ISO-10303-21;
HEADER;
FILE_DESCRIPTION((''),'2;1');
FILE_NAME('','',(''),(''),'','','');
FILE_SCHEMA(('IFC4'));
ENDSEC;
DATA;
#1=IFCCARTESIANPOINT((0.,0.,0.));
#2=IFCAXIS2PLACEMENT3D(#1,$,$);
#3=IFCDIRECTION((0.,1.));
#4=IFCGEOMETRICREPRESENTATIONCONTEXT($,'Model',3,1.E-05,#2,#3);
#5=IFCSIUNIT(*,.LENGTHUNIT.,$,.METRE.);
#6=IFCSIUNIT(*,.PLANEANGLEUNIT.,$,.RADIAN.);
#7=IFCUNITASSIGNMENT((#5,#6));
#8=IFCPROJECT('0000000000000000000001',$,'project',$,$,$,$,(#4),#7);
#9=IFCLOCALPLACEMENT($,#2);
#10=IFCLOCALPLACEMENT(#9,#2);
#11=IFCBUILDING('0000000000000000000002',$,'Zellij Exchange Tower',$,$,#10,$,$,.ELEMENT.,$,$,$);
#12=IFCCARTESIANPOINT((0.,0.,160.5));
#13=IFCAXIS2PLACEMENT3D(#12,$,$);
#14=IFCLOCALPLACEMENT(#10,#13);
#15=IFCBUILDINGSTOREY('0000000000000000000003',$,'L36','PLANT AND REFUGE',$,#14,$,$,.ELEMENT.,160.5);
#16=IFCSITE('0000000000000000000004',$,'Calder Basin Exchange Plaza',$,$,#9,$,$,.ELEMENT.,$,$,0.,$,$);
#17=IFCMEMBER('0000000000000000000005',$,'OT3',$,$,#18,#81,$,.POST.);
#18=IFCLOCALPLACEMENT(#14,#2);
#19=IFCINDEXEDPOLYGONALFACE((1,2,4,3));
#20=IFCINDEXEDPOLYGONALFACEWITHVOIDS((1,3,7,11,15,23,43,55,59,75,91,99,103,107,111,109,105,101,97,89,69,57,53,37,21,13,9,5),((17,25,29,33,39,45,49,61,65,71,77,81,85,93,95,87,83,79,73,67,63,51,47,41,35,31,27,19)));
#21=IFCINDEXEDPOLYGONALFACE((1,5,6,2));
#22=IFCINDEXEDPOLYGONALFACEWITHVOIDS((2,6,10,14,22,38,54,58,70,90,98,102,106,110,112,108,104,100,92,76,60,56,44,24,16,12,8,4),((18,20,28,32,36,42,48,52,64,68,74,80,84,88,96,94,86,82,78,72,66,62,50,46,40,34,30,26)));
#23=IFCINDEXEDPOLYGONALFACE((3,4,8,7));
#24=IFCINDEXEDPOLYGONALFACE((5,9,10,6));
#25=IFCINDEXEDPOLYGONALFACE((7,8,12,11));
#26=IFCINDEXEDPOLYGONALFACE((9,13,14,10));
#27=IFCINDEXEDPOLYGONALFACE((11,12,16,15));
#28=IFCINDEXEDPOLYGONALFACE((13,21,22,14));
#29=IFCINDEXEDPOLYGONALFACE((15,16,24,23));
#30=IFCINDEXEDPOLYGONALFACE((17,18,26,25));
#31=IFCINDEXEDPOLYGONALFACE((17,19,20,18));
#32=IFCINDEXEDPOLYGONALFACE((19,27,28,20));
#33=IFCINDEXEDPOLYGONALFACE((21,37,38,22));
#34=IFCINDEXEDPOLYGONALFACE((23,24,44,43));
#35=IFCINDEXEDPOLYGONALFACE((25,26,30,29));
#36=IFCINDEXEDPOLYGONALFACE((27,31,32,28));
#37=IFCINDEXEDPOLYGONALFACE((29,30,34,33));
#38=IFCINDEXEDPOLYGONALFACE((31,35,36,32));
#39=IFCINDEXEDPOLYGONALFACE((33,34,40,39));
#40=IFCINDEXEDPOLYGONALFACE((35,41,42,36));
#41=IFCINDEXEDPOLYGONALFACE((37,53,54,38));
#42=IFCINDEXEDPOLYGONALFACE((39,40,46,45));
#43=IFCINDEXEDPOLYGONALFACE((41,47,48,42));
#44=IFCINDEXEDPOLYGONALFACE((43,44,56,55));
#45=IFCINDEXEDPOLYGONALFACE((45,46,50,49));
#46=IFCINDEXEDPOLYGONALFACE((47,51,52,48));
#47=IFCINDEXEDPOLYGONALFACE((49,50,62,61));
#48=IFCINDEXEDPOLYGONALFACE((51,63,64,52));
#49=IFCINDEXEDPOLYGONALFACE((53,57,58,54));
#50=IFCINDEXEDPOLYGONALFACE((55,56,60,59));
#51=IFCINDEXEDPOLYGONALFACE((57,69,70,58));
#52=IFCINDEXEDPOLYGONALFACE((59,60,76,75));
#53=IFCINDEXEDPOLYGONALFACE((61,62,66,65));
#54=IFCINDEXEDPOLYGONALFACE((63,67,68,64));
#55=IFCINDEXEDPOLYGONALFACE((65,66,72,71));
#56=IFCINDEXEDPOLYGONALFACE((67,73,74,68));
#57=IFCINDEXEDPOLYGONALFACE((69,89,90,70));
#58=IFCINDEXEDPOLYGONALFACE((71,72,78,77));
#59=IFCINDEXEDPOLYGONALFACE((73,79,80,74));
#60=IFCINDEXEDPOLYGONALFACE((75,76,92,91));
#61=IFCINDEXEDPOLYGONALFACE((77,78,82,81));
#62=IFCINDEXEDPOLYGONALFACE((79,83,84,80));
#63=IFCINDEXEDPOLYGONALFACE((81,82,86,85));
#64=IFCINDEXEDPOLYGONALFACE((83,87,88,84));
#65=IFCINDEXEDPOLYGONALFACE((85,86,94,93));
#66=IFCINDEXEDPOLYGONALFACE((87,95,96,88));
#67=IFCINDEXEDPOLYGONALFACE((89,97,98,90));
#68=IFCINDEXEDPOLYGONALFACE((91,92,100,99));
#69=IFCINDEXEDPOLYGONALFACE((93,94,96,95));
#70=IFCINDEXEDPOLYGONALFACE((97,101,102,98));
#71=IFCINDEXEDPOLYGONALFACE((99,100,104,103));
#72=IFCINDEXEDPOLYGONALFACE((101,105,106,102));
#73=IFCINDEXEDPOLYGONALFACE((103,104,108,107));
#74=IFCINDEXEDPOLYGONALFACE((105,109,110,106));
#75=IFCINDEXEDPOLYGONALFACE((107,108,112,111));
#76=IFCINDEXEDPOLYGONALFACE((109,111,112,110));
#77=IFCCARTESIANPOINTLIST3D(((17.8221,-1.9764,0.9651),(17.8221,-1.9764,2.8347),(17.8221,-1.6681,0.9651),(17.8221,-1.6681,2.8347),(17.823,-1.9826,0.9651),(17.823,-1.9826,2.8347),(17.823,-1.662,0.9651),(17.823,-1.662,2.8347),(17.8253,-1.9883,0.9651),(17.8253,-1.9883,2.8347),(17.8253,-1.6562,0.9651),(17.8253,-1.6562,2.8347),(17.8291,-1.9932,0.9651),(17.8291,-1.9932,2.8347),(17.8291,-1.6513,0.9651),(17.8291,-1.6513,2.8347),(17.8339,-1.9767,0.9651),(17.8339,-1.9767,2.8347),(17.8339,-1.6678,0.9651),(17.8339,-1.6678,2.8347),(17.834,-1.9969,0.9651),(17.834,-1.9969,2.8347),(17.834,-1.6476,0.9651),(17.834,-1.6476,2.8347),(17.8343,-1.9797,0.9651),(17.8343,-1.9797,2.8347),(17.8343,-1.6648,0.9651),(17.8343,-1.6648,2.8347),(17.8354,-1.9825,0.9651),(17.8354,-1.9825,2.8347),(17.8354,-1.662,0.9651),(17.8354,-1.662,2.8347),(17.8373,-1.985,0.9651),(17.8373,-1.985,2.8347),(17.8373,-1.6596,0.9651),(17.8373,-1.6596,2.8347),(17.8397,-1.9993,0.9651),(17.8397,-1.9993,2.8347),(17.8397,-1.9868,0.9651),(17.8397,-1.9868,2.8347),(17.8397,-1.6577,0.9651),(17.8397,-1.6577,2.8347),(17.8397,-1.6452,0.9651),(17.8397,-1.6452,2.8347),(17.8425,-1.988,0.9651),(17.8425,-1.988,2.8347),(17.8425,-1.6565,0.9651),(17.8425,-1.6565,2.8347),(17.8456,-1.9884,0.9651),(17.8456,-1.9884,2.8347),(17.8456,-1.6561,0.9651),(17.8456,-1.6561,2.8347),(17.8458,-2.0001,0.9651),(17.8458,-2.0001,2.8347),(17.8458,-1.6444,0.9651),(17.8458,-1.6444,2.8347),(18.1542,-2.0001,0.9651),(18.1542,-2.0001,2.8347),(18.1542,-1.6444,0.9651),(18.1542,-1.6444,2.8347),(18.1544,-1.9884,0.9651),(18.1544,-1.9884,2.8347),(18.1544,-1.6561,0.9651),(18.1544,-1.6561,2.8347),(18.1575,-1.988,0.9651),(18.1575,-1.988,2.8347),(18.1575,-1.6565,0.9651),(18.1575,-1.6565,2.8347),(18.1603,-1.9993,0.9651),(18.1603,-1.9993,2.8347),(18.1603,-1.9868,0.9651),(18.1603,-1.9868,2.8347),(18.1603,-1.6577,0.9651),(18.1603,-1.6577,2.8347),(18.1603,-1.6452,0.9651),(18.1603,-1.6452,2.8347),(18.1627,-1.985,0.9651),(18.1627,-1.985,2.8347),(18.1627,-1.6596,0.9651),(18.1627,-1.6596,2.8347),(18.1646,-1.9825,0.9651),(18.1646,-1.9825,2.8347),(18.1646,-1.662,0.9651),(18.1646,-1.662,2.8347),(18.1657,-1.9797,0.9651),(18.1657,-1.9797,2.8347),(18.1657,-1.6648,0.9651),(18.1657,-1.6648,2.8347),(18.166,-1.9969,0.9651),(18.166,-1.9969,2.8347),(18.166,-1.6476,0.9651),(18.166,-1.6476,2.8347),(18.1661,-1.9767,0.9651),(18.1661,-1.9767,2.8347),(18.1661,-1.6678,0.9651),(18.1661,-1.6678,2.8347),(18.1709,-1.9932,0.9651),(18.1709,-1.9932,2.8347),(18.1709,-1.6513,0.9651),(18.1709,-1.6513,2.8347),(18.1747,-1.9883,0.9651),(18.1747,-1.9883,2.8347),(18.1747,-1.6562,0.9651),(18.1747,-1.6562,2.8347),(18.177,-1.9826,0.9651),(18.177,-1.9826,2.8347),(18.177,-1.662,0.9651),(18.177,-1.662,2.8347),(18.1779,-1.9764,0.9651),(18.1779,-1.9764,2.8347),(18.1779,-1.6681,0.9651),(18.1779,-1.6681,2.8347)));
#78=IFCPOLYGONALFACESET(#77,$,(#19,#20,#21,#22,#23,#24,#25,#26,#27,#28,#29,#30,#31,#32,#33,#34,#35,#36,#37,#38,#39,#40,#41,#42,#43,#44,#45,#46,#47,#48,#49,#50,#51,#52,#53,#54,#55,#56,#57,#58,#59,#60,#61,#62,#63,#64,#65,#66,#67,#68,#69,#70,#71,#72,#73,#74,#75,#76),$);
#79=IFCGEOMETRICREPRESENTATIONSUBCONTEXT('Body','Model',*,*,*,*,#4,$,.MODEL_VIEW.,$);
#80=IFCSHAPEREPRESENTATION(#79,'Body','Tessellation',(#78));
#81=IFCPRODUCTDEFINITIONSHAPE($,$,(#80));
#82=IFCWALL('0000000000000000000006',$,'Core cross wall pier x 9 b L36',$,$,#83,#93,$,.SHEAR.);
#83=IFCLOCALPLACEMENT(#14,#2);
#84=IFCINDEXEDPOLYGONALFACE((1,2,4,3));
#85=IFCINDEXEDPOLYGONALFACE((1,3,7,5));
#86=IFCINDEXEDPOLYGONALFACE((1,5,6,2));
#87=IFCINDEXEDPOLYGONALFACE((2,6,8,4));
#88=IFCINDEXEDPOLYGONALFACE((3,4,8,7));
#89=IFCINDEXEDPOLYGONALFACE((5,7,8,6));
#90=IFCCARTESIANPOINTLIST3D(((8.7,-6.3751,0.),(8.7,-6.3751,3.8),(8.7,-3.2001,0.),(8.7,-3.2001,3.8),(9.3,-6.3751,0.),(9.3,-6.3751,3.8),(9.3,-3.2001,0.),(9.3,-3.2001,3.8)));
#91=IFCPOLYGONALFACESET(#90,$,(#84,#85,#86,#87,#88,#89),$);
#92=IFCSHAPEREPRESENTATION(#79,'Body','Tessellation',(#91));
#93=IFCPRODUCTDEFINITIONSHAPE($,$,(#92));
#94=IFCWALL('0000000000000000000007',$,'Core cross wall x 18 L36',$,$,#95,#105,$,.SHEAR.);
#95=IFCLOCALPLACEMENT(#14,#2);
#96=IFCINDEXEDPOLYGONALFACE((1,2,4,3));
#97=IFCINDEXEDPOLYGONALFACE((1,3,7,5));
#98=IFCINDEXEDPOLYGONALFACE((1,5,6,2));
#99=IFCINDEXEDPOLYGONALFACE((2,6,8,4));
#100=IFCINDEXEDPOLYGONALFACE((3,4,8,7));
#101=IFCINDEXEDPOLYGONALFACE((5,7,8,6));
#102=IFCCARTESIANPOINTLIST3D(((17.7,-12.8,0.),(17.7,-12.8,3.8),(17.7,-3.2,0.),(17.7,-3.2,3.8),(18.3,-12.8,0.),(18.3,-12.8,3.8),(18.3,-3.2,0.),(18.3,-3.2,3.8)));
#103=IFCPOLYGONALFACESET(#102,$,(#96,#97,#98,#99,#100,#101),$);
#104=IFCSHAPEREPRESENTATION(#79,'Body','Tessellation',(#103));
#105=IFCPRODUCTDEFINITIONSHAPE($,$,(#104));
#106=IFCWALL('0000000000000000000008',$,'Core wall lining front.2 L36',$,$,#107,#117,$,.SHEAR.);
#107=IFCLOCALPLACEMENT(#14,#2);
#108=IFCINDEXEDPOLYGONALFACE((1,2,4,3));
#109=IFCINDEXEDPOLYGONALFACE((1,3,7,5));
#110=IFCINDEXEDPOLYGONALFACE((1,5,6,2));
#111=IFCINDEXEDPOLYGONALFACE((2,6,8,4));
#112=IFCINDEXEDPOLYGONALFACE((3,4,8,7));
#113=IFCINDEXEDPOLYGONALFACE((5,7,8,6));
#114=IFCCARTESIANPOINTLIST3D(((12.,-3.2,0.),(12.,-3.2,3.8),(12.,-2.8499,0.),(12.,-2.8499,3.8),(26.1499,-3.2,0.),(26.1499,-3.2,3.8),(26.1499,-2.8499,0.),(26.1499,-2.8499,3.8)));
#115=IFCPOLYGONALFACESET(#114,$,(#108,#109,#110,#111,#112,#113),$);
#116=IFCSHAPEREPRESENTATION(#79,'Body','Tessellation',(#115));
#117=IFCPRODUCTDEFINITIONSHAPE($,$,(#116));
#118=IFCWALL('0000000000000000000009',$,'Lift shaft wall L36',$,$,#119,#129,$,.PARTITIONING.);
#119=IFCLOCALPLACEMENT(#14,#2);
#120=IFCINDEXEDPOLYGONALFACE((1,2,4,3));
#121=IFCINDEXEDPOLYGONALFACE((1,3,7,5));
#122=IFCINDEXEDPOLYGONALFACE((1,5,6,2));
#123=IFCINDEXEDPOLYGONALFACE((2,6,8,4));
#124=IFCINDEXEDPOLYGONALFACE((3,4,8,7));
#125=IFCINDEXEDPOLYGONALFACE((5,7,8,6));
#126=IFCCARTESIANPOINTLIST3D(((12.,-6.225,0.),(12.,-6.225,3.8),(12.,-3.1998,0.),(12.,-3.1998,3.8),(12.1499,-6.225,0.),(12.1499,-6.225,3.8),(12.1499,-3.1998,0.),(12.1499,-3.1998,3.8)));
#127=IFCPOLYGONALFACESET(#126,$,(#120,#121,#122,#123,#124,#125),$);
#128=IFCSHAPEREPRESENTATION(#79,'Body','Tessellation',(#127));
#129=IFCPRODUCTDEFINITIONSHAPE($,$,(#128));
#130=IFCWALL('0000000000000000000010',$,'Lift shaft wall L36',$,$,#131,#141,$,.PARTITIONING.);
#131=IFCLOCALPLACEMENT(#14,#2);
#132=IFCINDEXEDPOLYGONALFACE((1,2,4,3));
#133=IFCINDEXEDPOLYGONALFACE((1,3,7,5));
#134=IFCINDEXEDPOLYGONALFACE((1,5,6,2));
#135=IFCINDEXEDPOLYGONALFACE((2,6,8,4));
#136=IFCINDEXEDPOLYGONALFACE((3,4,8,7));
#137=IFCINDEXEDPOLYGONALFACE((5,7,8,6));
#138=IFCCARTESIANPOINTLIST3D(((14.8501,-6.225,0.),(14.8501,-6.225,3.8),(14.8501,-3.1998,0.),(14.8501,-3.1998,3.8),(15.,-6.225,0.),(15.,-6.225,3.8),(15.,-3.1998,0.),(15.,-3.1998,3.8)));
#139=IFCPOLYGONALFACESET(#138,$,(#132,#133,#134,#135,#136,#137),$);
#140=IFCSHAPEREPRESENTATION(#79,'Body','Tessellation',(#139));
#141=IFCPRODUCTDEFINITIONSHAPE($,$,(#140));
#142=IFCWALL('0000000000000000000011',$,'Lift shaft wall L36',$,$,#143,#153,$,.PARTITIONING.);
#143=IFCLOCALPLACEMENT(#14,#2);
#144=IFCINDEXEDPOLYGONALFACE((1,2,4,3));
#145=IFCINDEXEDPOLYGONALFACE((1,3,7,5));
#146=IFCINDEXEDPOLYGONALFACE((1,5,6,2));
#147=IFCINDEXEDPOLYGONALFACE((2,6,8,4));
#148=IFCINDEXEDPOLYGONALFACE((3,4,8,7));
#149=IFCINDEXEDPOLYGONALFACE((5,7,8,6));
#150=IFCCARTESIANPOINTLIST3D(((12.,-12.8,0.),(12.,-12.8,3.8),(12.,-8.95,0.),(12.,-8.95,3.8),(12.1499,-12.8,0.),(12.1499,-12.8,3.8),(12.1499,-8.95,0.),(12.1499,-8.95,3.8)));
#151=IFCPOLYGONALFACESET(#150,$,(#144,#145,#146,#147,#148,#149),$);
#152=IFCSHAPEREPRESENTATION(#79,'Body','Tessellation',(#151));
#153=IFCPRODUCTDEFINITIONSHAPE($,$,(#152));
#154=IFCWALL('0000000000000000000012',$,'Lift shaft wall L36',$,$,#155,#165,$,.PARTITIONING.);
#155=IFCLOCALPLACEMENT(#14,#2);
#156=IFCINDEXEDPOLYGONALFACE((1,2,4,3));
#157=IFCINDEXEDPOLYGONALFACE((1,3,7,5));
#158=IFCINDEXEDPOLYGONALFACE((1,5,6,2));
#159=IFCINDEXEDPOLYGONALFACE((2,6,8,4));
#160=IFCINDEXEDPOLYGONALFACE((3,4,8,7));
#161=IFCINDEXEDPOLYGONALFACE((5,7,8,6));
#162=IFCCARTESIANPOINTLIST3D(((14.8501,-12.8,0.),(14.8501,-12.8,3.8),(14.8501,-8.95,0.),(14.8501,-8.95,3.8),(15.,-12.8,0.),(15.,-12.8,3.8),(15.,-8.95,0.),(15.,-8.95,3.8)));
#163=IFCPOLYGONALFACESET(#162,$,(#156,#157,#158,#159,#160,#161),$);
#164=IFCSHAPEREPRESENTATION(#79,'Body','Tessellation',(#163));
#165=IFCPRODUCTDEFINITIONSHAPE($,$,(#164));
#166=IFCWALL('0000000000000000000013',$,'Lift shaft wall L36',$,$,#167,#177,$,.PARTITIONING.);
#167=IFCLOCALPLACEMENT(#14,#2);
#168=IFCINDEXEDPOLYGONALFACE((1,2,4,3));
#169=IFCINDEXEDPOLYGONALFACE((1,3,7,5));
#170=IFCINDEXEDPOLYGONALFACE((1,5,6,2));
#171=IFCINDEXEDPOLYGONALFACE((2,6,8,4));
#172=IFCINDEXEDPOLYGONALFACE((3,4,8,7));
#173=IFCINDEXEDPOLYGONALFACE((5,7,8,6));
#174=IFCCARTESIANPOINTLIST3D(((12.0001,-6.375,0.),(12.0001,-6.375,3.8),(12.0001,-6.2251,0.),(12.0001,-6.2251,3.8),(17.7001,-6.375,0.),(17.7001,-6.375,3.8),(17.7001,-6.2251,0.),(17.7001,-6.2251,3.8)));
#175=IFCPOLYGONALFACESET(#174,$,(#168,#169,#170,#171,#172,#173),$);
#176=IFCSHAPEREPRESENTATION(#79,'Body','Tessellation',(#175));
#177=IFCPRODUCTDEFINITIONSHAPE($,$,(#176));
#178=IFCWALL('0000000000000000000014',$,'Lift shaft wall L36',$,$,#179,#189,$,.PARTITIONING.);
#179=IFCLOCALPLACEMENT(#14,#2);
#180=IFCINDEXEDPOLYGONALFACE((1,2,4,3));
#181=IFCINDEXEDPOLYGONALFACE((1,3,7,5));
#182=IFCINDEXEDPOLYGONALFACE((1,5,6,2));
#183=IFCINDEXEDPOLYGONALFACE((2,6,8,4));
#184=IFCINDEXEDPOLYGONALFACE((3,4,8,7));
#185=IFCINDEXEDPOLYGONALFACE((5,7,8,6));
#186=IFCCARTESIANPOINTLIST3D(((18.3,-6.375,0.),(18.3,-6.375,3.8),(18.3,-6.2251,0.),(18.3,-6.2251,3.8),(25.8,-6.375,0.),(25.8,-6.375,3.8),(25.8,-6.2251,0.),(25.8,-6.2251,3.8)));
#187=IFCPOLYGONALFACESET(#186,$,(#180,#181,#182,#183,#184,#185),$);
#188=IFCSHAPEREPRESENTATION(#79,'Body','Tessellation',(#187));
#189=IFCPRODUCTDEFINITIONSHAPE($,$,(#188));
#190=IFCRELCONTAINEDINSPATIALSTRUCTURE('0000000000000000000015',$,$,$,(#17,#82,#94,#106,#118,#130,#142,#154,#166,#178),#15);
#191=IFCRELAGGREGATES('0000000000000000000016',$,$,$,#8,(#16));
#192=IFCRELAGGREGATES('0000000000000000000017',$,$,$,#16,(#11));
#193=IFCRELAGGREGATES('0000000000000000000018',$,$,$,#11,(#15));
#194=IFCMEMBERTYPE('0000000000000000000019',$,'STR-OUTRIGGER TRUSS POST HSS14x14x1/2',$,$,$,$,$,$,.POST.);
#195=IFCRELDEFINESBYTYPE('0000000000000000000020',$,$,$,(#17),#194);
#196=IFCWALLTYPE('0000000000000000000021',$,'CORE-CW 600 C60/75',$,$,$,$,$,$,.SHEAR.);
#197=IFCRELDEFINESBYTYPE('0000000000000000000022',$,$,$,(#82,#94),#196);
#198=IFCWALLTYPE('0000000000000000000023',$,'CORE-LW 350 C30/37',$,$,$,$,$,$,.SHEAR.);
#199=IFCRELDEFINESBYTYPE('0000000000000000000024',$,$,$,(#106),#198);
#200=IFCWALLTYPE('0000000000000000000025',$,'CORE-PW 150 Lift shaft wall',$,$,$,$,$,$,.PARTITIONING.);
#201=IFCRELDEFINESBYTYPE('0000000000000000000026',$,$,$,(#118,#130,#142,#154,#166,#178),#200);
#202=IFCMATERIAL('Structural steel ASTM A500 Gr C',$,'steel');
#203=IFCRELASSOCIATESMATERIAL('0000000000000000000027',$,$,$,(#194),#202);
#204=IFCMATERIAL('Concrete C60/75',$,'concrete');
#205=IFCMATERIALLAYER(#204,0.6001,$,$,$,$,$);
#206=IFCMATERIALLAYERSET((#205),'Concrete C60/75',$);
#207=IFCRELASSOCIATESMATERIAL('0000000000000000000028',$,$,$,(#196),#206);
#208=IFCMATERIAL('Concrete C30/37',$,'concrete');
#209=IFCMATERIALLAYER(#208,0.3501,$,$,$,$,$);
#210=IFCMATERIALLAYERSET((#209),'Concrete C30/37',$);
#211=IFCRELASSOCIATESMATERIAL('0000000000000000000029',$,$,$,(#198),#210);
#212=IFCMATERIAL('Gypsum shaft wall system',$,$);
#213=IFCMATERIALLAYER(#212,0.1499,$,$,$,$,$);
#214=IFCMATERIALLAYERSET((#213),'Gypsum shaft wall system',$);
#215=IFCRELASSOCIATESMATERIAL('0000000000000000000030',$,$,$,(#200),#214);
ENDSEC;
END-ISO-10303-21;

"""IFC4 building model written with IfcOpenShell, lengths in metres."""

from ifc_helpers import new_model, si_unit, direction, frame, frame_2d, origin, origin_2d, place, context, subcontext, project, spatial, rectangle, hollow_rectangle, extrude, material, layer, layer_set, material_profile, profile_set, type_object, element, save


model = new_model("IFC4")

# Units and contexts
model_context = context("Model", 3, precision=1e-05, world=origin(), true_north=direction((0.0, 1.0)))
body_context = subcontext(model_context, "Body", "Model", "MODEL_VIEW")
ifc_project = project(units=[si_unit("LENGTHUNIT", "METRE"), si_unit("PLANEANGLEUNIT", "RADIAN")], contexts=[model_context])

# Site, building, storey
site_placement = place(None, origin())
site = spatial("IfcSite", under=ifc_project, at=site_placement, Name="Calder Basin Exchange Plaza", CompositionType="ELEMENT", RefElevation=0.0)
building_placement = place(site_placement, origin())
building = spatial("IfcBuilding", under=site, at=building_placement, Name="Zellij Exchange Tower", CompositionType="ELEMENT")
storey_placement = place(building_placement, frame((0.0, 0.0, 160.5)))
storey = spatial("IfcBuildingStorey", under=building, at=storey_placement, Name="L36", Description="PLANT AND REFUGE", CompositionType="ELEMENT", Elevation=160.5)

# Member
ifc_material_1 = material(Name="Structural steel ASTM A500 Gr C", Category="steel")
ifc_material_profile_1 = material_profile(ifc_material_1, hollow_rectangle(XDim=0.3557, YDim=0.3557, WallThickness=0.0117, InnerFilletRadius=0.0117, OuterFilletRadius=0.0237, at=origin_2d()), Name="STR-OUTRIGGER TRUSS POST HSS14x14x1/2")
ifc_profile_set_1 = profile_set([ifc_material_profile_1], Name="Structural steel ASTM A500 Gr C")
member_type_1 = type_object("IfcMemberType", Name="STR-OUTRIGGER TRUSS POST HSS14x14x1/2", PredefinedType="POST", material=ifc_profile_set_1)
for number, where, z_axis, x_axis, name in (
    (1, (18.0, -1.8223, 0.9651), (0.0, 0.0, 1.0), (1.0, 0.0, 0.0), "OT3"),
):
    element("IfcMember", number, at=place(storey_placement, frame(where, z_axis=z_axis, x_axis=x_axis)), inside=storey, type_object=member_type_1, Name=name, PredefinedType="POST", context=body_context, shape_type="SweptSolid", body=[
        extrude(hollow_rectangle(XDim=0.3557, YDim=0.3557, WallThickness=0.0117, InnerFilletRadius=0.0117, OuterFilletRadius=0.0237, at=origin_2d()), origin(), (0.0, 0.0, 1.0), 1.8696),
    ])

# Walls
ifc_material_2 = material(Name="Concrete C60/75", Category="concrete")
ifc_layer_1 = layer(ifc_material_2, 0.6001)
ifc_layer_set_1 = layer_set([ifc_layer_1], Name="Concrete C60/75")
wall_type_1 = type_object("IfcWallType", Name="CORE-CW 600 C60/75", PredefinedType="SHEAR", material=ifc_layer_set_1)
wall_1_placement = place(storey_placement, frame((9.0, -6.375, 0.0), z_axis=(0.0, 0.0, 1.0), x_axis=(0.0, 1.0, 0.0)))
element("IfcWall", 2, at=wall_1_placement, inside=storey, type_object=wall_type_1, Name="Core cross wall pier x 9 b L36", PredefinedType="SHEAR", context=body_context, shape_type="SweptSolid", body=[
    extrude(rectangle(XDim=3.175, YDim=0.6001, at=frame_2d((1.5874, 0.0))), origin(), (0.0, 0.0, 1.0), 3.8),
])
wall_2_placement = place(storey_placement, frame((18.0, -12.8, 0.0), z_axis=(0.0, 0.0, 1.0), x_axis=(0.0, 1.0, 0.0)))
element("IfcWall", 3, at=wall_2_placement, inside=storey, type_object=wall_type_1, Name="Core cross wall x 18 L36", PredefinedType="SHEAR", context=body_context, shape_type="SweptSolid", body=[
    extrude(rectangle(XDim=9.6001, YDim=0.6001, at=frame_2d((4.8, 0.0))), origin(), (0.0, 0.0, 1.0), 3.8),
])
ifc_material_3 = material(Name="Concrete C30/37", Category="concrete")
ifc_layer_2 = layer(ifc_material_3, 0.3501)
ifc_layer_set_2 = layer_set([ifc_layer_2], Name="Concrete C30/37")
wall_type_2 = type_object("IfcWallType", Name="CORE-LW 350 C30/37", PredefinedType="SHEAR", material=ifc_layer_set_2)
wall_3_placement = place(storey_placement, frame((12.0, -3.0249, 0.0), z_axis=(0.0, 0.0, 1.0), x_axis=(1.0, 0.0, 0.0)))
element("IfcWall", 4, at=wall_3_placement, inside=storey, type_object=wall_type_2, Name="Core wall lining front.2 L36", PredefinedType="SHEAR", context=body_context, shape_type="SweptSolid", body=[
    extrude(rectangle(XDim=14.1499, YDim=0.3501, at=frame_2d((7.075, 0.0))), origin(), (0.0, 0.0, 1.0), 3.8),
])
ifc_material_4 = material(Name="Gypsum shaft wall system")
ifc_layer_3 = layer(ifc_material_4, 0.1499)
ifc_layer_set_3 = layer_set([ifc_layer_3], Name="Gypsum shaft wall system")
wall_type_3 = type_object("IfcWallType", Name="CORE-PW 150 Lift shaft wall", PredefinedType="PARTITIONING", material=ifc_layer_set_3)
for number, where, z_axis, x_axis, name in (
    (5, (12.075, -6.2251, 0.0), (0.0, 0.0, 1.0), (0.0, 1.0, 0.0), "Lift shaft wall L36"),
    (6, (14.925, -6.2251, 0.0), (0.0, 0.0, 1.0), (0.0, 1.0, 0.0), "Lift shaft wall L36"),
):
    element("IfcWall", number, at=place(storey_placement, frame(where, z_axis=z_axis, x_axis=x_axis)), inside=storey, type_object=wall_type_3, Name=name, PredefinedType="PARTITIONING", context=body_context, shape_type="SweptSolid", body=[
        extrude(rectangle(XDim=3.0251, YDim=0.1499, at=frame_2d((1.5127, 0.0))), origin(), (0.0, 0.0, 1.0), 3.8),
    ])
for number, where, z_axis, x_axis, name in (
    (7, (12.075, -12.8, 0.0), (0.0, 0.0, 1.0), (0.0, 1.0, 0.0), "Lift shaft wall L36"),
    (8, (14.925, -12.8, 0.0), (0.0, 0.0, 1.0), (0.0, 1.0, 0.0), "Lift shaft wall L36"),
):
    element("IfcWall", number, at=place(storey_placement, frame(where, z_axis=z_axis, x_axis=x_axis)), inside=storey, type_object=wall_type_3, Name=name, PredefinedType="PARTITIONING", context=body_context, shape_type="SweptSolid", body=[
        extrude(rectangle(XDim=3.8501, YDim=0.1499, at=frame_2d((1.925, 0.0))), origin(), (0.0, 0.0, 1.0), 3.8),
    ])
wall_4_placement = place(storey_placement, frame((12.0, -6.3, 0.0), z_axis=(0.0, 0.0, 1.0), x_axis=(1.0, 0.0, 0.0)))
element("IfcWall", 9, at=wall_4_placement, inside=storey, type_object=wall_type_3, Name="Lift shaft wall L36", PredefinedType="PARTITIONING", context=body_context, shape_type="SweptSolid", body=[
    extrude(rectangle(XDim=5.7, YDim=0.1499, at=frame_2d((2.8501, 0.0))), origin(), (0.0, 0.0, 1.0), 3.8),
])
wall_5_placement = place(storey_placement, frame((18.3, -6.3, 0.0), z_axis=(0.0, 0.0, 1.0), x_axis=(1.0, 0.0, 0.0)))
element("IfcWall", 10, at=wall_5_placement, inside=storey, type_object=wall_type_3, Name="Lift shaft wall L36", PredefinedType="PARTITIONING", context=body_context, shape_type="SweptSolid", body=[
    extrude(rectangle(XDim=7.5, YDim=0.1499, at=frame_2d((3.75, 0.0))), origin(), (0.0, 0.0, 1.0), 3.8),
])

save(model, "model.ifc")
